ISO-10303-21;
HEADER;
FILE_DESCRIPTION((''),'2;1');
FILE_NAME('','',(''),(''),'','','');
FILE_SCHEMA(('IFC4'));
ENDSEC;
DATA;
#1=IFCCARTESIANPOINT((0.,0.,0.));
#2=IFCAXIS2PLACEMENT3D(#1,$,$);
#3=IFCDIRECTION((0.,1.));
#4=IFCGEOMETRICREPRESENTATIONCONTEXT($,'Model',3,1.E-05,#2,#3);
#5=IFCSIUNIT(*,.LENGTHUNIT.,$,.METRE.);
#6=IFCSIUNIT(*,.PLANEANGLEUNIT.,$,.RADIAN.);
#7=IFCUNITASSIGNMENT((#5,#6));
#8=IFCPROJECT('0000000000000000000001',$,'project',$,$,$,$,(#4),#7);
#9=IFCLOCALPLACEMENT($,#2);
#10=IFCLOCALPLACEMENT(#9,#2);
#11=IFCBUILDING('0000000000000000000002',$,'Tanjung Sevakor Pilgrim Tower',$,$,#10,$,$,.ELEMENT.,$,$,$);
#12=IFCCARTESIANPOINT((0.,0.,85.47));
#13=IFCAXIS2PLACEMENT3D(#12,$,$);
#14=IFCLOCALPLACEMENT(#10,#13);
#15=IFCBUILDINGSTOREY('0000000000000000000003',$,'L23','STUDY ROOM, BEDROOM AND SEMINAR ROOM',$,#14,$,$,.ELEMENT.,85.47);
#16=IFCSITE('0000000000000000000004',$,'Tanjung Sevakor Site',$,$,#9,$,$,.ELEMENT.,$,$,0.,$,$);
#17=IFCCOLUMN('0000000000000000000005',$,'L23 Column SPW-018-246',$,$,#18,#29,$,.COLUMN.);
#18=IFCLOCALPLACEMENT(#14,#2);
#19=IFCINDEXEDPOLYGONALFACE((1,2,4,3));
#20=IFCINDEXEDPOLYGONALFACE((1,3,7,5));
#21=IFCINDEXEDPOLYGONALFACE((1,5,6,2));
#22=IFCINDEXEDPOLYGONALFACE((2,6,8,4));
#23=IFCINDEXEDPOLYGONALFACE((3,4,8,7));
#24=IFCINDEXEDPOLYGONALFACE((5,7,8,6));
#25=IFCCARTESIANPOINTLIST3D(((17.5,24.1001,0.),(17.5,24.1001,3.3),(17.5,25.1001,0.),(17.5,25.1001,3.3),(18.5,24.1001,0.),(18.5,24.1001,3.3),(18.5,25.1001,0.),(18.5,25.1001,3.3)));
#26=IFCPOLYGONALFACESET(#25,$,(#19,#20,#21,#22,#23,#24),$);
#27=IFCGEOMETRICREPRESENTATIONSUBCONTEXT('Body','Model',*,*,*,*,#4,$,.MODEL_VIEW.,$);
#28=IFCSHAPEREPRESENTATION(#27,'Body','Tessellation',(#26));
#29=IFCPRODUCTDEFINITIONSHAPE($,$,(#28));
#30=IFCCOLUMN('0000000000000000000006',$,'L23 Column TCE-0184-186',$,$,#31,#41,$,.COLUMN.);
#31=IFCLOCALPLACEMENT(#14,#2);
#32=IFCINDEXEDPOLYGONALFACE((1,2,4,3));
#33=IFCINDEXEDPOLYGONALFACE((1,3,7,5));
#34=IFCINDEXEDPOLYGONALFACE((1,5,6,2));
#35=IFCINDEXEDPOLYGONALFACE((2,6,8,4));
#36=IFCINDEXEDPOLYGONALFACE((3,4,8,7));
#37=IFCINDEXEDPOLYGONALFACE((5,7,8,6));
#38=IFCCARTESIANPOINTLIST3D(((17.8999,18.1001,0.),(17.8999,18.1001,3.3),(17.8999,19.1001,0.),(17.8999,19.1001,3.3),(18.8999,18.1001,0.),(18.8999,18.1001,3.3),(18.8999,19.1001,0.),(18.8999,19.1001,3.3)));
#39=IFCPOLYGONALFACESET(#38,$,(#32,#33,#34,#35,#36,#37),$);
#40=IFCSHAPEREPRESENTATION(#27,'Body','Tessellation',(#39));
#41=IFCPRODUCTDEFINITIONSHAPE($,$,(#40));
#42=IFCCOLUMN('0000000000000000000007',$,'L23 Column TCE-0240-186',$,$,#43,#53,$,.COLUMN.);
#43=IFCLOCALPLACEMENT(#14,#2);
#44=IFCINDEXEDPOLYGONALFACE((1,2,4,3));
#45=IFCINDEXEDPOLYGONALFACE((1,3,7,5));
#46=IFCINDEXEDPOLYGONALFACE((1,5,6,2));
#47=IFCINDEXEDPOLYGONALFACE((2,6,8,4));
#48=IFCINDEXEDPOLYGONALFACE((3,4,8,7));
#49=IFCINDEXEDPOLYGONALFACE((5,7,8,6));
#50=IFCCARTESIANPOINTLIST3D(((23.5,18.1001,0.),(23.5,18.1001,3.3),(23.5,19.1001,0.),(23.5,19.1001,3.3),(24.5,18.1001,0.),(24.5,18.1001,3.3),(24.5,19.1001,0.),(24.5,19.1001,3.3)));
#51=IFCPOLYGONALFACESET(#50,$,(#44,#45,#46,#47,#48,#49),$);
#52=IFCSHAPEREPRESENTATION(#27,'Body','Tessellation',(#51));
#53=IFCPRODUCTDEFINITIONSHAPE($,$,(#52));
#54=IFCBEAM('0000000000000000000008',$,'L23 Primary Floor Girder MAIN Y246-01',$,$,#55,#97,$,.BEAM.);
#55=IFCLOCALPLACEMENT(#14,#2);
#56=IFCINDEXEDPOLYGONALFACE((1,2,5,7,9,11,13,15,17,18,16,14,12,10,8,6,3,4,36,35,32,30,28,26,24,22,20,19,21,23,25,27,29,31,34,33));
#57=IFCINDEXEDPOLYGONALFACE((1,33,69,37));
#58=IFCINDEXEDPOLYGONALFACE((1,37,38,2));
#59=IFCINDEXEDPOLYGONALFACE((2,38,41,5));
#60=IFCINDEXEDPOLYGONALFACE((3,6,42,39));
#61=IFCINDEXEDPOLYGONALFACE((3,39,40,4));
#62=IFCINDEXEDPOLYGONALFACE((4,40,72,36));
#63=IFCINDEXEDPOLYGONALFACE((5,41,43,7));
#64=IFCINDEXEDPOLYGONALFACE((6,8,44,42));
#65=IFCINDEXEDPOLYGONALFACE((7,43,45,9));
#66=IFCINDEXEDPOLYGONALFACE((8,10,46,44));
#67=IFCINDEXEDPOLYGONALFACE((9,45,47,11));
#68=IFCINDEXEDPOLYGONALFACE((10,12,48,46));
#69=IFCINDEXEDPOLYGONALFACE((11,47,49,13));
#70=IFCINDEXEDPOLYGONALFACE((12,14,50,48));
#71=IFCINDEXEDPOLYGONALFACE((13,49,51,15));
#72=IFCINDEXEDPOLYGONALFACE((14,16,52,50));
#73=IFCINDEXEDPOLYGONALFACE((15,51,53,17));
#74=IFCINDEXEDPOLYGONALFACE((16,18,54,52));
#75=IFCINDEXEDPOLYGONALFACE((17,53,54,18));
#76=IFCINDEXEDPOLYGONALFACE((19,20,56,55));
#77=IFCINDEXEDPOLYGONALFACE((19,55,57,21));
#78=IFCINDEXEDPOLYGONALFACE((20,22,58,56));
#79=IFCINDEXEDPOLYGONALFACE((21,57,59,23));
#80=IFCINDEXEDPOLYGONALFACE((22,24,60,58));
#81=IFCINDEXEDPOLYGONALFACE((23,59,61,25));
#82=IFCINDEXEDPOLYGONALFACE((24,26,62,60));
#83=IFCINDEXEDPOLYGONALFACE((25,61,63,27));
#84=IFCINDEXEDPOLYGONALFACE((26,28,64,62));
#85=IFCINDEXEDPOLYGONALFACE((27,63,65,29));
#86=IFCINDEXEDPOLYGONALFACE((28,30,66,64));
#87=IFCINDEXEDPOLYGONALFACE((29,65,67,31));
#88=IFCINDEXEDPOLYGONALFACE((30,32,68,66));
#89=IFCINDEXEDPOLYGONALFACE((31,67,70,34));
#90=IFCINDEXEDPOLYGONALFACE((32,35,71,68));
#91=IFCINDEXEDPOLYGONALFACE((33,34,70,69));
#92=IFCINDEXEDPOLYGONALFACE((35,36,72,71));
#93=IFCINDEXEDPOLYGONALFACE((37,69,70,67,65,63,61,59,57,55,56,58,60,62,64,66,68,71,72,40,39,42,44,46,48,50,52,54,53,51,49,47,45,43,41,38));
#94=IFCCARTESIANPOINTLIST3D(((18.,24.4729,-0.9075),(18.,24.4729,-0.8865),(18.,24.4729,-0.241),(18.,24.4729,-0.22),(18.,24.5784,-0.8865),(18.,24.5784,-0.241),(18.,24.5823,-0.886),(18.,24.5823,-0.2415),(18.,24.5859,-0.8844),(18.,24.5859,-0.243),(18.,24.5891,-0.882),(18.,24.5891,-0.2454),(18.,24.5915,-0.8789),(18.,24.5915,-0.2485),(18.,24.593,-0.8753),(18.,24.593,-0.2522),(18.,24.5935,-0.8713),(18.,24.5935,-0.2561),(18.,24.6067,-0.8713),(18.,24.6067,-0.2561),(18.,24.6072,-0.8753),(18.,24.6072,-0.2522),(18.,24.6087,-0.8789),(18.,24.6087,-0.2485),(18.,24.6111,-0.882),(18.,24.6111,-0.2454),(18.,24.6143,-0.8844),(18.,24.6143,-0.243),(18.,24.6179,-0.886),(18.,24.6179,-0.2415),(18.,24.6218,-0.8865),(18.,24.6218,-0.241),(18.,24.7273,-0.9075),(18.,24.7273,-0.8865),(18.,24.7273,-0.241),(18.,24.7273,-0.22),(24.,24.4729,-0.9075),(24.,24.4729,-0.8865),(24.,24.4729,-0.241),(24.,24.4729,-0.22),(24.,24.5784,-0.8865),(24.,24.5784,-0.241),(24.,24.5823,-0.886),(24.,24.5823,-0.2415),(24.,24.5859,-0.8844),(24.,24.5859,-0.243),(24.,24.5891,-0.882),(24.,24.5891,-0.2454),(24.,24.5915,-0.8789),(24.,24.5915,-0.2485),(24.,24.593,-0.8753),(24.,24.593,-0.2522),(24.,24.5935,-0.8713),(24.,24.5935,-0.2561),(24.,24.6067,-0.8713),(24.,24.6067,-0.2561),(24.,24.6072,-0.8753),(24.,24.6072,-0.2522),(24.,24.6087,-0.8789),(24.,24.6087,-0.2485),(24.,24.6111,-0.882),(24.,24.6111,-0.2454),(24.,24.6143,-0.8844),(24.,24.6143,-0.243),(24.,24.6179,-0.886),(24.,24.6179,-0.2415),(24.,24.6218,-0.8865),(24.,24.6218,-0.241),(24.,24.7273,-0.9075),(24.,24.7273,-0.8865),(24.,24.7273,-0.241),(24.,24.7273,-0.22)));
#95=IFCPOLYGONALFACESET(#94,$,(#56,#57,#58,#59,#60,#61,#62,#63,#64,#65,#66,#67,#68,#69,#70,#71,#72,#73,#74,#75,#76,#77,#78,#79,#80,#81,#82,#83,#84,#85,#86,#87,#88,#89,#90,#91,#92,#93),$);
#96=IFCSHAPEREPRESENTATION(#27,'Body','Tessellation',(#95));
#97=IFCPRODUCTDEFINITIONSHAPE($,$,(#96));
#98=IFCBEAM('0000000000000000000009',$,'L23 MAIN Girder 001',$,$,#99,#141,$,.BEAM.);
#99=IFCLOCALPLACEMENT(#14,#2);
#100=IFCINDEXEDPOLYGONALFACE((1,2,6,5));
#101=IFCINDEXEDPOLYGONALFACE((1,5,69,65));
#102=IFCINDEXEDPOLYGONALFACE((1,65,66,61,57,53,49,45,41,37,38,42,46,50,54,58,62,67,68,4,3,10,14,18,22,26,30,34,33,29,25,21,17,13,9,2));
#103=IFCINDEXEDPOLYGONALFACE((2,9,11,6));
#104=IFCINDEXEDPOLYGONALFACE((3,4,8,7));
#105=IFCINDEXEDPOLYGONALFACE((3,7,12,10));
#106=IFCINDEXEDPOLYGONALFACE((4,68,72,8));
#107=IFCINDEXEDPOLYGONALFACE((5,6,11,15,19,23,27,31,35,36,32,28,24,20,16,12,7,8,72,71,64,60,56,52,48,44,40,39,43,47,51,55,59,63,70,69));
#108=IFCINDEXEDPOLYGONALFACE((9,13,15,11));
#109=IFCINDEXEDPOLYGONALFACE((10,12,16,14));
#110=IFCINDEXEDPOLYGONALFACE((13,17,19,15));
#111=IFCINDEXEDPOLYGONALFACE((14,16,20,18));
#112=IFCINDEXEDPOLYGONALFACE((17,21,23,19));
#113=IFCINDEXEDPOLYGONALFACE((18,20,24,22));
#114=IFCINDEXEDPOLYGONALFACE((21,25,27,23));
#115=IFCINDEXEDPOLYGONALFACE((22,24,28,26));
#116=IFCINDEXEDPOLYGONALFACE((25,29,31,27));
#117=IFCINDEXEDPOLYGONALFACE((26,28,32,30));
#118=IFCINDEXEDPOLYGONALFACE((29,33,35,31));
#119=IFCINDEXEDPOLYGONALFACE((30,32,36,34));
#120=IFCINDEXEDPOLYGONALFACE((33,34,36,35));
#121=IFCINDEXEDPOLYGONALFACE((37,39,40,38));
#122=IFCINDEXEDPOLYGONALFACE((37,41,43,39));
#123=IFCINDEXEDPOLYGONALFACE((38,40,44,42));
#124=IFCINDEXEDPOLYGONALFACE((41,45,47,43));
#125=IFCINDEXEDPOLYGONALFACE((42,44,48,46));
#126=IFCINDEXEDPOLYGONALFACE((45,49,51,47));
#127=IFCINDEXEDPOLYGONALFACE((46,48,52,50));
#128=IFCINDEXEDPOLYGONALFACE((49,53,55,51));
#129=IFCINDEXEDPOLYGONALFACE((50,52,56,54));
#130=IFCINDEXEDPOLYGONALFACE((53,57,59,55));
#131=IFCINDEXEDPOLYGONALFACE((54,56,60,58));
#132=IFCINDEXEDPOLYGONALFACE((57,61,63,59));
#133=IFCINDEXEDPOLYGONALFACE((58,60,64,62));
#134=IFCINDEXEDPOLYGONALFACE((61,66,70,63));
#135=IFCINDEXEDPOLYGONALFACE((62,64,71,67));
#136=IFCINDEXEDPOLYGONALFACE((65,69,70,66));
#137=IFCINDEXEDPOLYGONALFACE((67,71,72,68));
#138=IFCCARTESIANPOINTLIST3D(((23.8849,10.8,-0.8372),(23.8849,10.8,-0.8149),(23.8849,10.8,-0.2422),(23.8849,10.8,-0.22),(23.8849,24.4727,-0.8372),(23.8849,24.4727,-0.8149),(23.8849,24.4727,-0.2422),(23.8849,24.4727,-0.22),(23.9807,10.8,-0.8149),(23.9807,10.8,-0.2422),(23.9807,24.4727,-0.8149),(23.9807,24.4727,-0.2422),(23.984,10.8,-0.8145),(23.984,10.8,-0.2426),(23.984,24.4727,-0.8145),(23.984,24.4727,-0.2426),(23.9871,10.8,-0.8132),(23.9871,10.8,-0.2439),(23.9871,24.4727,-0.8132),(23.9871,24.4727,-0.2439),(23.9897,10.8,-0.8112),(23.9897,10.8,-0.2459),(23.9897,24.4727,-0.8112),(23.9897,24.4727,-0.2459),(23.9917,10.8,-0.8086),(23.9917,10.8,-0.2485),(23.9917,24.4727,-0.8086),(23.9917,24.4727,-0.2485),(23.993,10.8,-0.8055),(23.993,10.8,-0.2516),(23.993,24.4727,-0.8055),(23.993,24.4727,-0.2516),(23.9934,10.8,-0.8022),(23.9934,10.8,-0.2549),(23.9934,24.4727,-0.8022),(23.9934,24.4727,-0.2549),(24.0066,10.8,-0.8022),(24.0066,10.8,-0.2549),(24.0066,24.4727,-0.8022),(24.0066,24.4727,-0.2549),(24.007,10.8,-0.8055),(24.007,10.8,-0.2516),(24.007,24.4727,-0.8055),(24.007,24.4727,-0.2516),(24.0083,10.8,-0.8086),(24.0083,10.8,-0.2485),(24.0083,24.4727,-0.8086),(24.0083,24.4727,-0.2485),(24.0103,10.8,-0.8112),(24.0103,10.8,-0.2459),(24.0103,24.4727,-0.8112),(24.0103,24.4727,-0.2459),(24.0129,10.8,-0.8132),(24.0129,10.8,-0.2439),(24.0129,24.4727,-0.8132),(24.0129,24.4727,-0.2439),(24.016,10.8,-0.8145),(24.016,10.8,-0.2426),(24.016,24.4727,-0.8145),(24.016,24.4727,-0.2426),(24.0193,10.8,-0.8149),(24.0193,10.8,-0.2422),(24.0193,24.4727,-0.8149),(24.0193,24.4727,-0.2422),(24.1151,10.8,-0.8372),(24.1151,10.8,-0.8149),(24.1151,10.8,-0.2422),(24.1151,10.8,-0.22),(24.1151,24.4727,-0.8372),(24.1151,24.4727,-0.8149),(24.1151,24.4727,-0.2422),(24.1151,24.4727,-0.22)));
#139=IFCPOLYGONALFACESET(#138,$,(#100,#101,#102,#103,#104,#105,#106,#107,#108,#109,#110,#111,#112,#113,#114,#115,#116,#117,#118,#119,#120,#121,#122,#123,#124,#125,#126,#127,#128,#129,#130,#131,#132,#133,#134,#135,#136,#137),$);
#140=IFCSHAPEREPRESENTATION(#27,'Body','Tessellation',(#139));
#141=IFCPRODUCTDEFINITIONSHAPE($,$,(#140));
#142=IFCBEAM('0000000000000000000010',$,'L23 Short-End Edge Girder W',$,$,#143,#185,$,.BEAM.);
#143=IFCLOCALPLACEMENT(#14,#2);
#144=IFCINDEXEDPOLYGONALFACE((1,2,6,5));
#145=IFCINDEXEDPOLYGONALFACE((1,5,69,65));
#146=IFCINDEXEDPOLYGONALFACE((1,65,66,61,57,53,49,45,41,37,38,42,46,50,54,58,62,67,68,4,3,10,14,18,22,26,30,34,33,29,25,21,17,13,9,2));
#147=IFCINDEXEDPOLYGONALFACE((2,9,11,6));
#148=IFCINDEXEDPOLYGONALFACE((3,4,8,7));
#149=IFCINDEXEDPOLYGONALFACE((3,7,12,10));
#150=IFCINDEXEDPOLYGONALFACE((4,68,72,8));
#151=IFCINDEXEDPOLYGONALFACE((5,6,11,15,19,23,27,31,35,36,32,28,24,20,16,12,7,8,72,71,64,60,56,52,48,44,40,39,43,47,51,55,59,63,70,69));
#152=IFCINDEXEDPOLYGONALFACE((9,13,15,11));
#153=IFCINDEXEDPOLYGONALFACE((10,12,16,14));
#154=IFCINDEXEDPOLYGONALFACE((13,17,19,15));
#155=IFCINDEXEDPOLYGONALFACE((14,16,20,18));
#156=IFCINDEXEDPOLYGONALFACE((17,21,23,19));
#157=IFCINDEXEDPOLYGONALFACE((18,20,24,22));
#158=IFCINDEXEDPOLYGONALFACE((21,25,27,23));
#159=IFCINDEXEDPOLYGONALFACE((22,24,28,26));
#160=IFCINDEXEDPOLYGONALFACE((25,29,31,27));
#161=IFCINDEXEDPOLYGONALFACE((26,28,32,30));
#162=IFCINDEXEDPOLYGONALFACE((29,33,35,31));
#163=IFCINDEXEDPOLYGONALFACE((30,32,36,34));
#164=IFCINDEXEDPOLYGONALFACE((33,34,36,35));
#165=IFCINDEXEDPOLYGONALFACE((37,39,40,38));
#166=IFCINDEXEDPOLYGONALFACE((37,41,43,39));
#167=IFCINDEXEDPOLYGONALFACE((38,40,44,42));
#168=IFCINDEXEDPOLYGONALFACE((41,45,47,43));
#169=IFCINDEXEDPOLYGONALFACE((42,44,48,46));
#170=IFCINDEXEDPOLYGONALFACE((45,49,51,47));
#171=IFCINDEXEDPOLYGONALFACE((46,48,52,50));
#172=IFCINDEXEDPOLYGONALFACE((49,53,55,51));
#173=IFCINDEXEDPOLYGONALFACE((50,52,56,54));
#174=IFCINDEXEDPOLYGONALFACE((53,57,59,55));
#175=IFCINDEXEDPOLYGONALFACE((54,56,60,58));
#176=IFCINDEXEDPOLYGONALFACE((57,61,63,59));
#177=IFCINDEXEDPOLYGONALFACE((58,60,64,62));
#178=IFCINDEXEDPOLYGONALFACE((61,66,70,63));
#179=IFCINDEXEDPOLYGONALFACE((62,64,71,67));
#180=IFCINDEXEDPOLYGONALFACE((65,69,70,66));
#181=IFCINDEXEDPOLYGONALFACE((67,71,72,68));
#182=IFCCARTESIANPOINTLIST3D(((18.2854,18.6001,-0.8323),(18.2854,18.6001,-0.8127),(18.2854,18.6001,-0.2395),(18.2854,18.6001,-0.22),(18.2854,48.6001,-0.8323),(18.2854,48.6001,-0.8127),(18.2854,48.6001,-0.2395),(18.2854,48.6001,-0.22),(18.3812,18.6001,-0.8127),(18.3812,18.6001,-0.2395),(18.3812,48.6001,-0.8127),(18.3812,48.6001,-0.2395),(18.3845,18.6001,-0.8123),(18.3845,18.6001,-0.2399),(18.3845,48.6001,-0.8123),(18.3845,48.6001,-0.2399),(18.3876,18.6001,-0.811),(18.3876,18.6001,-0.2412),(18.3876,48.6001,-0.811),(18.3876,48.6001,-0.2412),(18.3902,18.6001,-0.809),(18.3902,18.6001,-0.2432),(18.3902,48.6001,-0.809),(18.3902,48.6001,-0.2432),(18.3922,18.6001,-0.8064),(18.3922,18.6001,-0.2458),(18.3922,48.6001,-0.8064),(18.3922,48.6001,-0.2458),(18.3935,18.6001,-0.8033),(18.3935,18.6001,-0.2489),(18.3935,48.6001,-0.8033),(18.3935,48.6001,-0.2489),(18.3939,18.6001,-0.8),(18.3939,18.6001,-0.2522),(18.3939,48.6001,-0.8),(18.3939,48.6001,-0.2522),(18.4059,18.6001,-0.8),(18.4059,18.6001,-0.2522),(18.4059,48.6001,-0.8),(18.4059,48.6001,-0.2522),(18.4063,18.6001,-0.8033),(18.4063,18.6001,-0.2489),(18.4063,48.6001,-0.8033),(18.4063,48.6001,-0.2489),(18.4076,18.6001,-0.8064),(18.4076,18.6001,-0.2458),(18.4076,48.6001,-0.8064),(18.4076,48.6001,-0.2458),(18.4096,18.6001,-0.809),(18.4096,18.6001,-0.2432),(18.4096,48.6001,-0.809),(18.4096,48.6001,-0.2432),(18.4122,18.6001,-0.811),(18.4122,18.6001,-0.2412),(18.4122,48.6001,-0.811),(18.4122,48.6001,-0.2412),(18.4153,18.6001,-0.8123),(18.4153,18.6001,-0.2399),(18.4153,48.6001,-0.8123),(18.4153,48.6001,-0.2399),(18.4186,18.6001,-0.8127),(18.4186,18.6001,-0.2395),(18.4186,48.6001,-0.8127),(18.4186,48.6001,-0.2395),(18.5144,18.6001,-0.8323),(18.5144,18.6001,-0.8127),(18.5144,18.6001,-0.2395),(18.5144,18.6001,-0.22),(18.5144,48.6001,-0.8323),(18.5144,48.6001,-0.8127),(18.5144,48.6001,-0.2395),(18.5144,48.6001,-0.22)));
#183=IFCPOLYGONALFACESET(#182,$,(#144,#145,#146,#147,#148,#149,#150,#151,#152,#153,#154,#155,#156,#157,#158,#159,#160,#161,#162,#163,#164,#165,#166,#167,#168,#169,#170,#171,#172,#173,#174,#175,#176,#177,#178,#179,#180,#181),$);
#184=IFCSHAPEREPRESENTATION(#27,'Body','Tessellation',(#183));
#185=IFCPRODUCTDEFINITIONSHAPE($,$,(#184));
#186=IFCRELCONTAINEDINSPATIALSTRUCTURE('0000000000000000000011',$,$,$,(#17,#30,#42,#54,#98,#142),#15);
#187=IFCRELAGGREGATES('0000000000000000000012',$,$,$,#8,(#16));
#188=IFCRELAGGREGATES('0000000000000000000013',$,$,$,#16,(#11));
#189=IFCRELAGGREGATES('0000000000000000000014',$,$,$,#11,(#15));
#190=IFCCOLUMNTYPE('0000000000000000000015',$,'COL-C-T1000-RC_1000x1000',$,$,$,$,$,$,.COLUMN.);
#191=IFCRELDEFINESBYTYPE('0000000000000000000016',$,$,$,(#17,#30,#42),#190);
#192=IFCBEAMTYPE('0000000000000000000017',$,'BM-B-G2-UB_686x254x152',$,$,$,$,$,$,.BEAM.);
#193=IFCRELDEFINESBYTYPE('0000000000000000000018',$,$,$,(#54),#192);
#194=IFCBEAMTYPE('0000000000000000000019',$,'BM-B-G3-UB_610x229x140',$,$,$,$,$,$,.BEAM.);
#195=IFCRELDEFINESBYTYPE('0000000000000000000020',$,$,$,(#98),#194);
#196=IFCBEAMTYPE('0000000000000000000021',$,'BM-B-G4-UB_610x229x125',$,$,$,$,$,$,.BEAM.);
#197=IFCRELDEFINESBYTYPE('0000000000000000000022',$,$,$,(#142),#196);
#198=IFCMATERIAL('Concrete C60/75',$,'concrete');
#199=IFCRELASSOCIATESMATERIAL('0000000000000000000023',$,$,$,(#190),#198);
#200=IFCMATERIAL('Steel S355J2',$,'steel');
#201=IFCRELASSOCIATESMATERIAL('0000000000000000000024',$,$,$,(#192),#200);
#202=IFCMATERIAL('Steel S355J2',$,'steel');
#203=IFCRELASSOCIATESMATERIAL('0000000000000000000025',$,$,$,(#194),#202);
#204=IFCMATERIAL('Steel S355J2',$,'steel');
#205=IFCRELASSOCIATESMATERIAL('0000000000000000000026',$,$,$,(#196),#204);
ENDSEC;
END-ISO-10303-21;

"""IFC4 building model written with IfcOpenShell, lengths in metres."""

from ifc_helpers import new_model, si_unit, direction, frame, origin, origin_2d, place, context, subcontext, project, spatial, rectangle, i_section, extrude, material, material_profile, profile_set, type_object, element, save


model = new_model("IFC4")

# Units and contexts
model_context = context("Model", 3, precision=1e-05, world=origin(), true_north=direction((0.0, 1.0)))
body_context = subcontext(model_context, "Body", "Model", "MODEL_VIEW")
ifc_project = project(units=[si_unit("LENGTHUNIT", "METRE"), si_unit("PLANEANGLEUNIT", "RADIAN")], contexts=[model_context])

# Site, building, storey
site_placement = place(None, origin())
site = spatial("IfcSite", under=ifc_project, at=site_placement, Name="Tanjung Sevakor Site", CompositionType="ELEMENT", RefElevation=0.0)
building_placement = place(site_placement, origin())
building = spatial("IfcBuilding", under=site, at=building_placement, Name="Tanjung Sevakor Pilgrim Tower", CompositionType="ELEMENT")
storey_placement = place(building_placement, frame((0.0, 0.0, 85.47)))
storey = spatial("IfcBuildingStorey", under=building, at=storey_placement, Name="L23", Description="STUDY ROOM, BEDROOM AND SEMINAR ROOM", CompositionType="ELEMENT", Elevation=85.47)

# Columns
ifc_material_1 = material(Name="Concrete C60/75", Category="concrete")
ifc_material_profile_1 = material_profile(ifc_material_1, rectangle(XDim=1.0, YDim=1.0, at=origin_2d()))
ifc_profile_set_1 = profile_set([ifc_material_profile_1], Name="Concrete C60/75")
column_type = type_object("IfcColumnType", Name="COL-C-T1000-RC_1000x1000", PredefinedType="COLUMN", material=ifc_profile_set_1)
for number, where, z_axis, x_axis, name in (
    (1, (18.0, 24.6001, 0.0), (0.0, 0.0, 1.0), (1.0, 0.0, 0.0), "L23 Column SPW-018-246"),
    (2, (18.3999, 18.6001, 0.0), (0.0, 0.0, 1.0), (1.0, 0.0, 0.0), "L23 Column TCE-0184-186"),
    (3, (24.0, 18.6001, 0.0), (0.0, 0.0, 1.0), (1.0, 0.0, 0.0), "L23 Column TCE-0240-186"),
):
    element("IfcColumn", number, at=place(storey_placement, frame(where, z_axis=z_axis, x_axis=x_axis)), inside=storey, type_object=column_type, Name=name, PredefinedType="COLUMN", context=body_context, shape_type="SweptSolid", body=[
        extrude(rectangle(XDim=1.0, YDim=1.0, at=origin_2d()), origin(), (0.0, 0.0, 1.0), 3.3),
    ])

# Beams
ifc_material_2 = material(Name="Steel S355J2", Category="steel")
ifc_material_profile_2 = material_profile(ifc_material_2, i_section(OverallWidth=0.2544, OverallDepth=0.6875, WebThickness=0.0132, FlangeThickness=0.021, FilletRadius=0.0151, at=origin_2d()))
ifc_profile_set_2 = profile_set([ifc_material_profile_2], Name="Steel S355J2")
beam_type_1 = type_object("IfcBeamType", Name="BM-B-G2-UB_686x254x152", PredefinedType="BEAM", material=ifc_profile_set_2)
beam_1_placement = place(storey_placement, frame((18.0, 24.6001, -0.5637), z_axis=(1.0, 0.0, 0.0), x_axis=(0.0, 1.0, 0.0)))
element("IfcBeam", 4, at=beam_1_placement, inside=storey, type_object=beam_type_1, Name="L23 Primary Floor Girder MAIN Y246-01", PredefinedType="BEAM", context=body_context, shape_type="SweptSolid", body=[
    extrude(i_section(OverallWidth=0.2544, OverallDepth=0.6875, WebThickness=0.0132, FlangeThickness=0.021, FilletRadius=0.0151, at=origin_2d()), origin(), (0.0, 0.0, 1.0), 6.0),
])
ifc_material_3 = material(Name="Steel S355J2", Category="steel")
ifc_material_profile_3 = material_profile(ifc_material_3, i_section(OverallWidth=0.2302, OverallDepth=0.6172, WebThickness=0.0132, FlangeThickness=0.0222, FilletRadius=0.0127, at=origin_2d()))
ifc_profile_set_3 = profile_set([ifc_material_profile_3], Name="Steel S355J2")
beam_type_2 = type_object("IfcBeamType", Name="BM-B-G3-UB_610x229x140", PredefinedType="BEAM", material=ifc_profile_set_3)
beam_2_placement = place(storey_placement, frame((24.0, 10.8, -0.5286), z_axis=(0.0, 1.0, 0.0), x_axis=(-1.0, 0.0, 0.0)))
element("IfcBeam", 5, at=beam_2_placement, inside=storey, type_object=beam_type_2, Name="L23 MAIN Girder 001", PredefinedType="BEAM", context=body_context, shape_type="SweptSolid", body=[
    extrude(i_section(OverallWidth=0.2302, OverallDepth=0.6172, WebThickness=0.0132, FlangeThickness=0.0222, FilletRadius=0.0127, at=origin_2d()), origin(), (0.0, 0.0, 1.0), 13.6726),
])
ifc_material_4 = material(Name="Steel S355J2", Category="steel")
ifc_material_profile_4 = material_profile(ifc_material_4, i_section(OverallWidth=0.229, OverallDepth=0.6123, WebThickness=0.012, FlangeThickness=0.0195, FilletRadius=0.0127, at=origin_2d()))
ifc_profile_set_4 = profile_set([ifc_material_profile_4], Name="Steel S355J2")
beam_type_3 = type_object("IfcBeamType", Name="BM-B-G4-UB_610x229x125", PredefinedType="BEAM", material=ifc_profile_set_4)
beam_3_placement = place(storey_placement, frame((18.3999, 18.6001, -0.5261), z_axis=(0.0, 1.0, 0.0), x_axis=(-1.0, 0.0, 0.0)))
element("IfcBeam", 6, at=beam_3_placement, inside=storey, type_object=beam_type_3, Name="L23 Short-End Edge Girder W", PredefinedType="BEAM", context=body_context, shape_type="SweptSolid", body=[
    extrude(i_section(OverallWidth=0.229, OverallDepth=0.6123, WebThickness=0.012, FlangeThickness=0.0195, FilletRadius=0.0127, at=origin_2d()), origin(), (0.0, 0.0, 1.0), 30.0),
])

save(model, "model.ifc")
